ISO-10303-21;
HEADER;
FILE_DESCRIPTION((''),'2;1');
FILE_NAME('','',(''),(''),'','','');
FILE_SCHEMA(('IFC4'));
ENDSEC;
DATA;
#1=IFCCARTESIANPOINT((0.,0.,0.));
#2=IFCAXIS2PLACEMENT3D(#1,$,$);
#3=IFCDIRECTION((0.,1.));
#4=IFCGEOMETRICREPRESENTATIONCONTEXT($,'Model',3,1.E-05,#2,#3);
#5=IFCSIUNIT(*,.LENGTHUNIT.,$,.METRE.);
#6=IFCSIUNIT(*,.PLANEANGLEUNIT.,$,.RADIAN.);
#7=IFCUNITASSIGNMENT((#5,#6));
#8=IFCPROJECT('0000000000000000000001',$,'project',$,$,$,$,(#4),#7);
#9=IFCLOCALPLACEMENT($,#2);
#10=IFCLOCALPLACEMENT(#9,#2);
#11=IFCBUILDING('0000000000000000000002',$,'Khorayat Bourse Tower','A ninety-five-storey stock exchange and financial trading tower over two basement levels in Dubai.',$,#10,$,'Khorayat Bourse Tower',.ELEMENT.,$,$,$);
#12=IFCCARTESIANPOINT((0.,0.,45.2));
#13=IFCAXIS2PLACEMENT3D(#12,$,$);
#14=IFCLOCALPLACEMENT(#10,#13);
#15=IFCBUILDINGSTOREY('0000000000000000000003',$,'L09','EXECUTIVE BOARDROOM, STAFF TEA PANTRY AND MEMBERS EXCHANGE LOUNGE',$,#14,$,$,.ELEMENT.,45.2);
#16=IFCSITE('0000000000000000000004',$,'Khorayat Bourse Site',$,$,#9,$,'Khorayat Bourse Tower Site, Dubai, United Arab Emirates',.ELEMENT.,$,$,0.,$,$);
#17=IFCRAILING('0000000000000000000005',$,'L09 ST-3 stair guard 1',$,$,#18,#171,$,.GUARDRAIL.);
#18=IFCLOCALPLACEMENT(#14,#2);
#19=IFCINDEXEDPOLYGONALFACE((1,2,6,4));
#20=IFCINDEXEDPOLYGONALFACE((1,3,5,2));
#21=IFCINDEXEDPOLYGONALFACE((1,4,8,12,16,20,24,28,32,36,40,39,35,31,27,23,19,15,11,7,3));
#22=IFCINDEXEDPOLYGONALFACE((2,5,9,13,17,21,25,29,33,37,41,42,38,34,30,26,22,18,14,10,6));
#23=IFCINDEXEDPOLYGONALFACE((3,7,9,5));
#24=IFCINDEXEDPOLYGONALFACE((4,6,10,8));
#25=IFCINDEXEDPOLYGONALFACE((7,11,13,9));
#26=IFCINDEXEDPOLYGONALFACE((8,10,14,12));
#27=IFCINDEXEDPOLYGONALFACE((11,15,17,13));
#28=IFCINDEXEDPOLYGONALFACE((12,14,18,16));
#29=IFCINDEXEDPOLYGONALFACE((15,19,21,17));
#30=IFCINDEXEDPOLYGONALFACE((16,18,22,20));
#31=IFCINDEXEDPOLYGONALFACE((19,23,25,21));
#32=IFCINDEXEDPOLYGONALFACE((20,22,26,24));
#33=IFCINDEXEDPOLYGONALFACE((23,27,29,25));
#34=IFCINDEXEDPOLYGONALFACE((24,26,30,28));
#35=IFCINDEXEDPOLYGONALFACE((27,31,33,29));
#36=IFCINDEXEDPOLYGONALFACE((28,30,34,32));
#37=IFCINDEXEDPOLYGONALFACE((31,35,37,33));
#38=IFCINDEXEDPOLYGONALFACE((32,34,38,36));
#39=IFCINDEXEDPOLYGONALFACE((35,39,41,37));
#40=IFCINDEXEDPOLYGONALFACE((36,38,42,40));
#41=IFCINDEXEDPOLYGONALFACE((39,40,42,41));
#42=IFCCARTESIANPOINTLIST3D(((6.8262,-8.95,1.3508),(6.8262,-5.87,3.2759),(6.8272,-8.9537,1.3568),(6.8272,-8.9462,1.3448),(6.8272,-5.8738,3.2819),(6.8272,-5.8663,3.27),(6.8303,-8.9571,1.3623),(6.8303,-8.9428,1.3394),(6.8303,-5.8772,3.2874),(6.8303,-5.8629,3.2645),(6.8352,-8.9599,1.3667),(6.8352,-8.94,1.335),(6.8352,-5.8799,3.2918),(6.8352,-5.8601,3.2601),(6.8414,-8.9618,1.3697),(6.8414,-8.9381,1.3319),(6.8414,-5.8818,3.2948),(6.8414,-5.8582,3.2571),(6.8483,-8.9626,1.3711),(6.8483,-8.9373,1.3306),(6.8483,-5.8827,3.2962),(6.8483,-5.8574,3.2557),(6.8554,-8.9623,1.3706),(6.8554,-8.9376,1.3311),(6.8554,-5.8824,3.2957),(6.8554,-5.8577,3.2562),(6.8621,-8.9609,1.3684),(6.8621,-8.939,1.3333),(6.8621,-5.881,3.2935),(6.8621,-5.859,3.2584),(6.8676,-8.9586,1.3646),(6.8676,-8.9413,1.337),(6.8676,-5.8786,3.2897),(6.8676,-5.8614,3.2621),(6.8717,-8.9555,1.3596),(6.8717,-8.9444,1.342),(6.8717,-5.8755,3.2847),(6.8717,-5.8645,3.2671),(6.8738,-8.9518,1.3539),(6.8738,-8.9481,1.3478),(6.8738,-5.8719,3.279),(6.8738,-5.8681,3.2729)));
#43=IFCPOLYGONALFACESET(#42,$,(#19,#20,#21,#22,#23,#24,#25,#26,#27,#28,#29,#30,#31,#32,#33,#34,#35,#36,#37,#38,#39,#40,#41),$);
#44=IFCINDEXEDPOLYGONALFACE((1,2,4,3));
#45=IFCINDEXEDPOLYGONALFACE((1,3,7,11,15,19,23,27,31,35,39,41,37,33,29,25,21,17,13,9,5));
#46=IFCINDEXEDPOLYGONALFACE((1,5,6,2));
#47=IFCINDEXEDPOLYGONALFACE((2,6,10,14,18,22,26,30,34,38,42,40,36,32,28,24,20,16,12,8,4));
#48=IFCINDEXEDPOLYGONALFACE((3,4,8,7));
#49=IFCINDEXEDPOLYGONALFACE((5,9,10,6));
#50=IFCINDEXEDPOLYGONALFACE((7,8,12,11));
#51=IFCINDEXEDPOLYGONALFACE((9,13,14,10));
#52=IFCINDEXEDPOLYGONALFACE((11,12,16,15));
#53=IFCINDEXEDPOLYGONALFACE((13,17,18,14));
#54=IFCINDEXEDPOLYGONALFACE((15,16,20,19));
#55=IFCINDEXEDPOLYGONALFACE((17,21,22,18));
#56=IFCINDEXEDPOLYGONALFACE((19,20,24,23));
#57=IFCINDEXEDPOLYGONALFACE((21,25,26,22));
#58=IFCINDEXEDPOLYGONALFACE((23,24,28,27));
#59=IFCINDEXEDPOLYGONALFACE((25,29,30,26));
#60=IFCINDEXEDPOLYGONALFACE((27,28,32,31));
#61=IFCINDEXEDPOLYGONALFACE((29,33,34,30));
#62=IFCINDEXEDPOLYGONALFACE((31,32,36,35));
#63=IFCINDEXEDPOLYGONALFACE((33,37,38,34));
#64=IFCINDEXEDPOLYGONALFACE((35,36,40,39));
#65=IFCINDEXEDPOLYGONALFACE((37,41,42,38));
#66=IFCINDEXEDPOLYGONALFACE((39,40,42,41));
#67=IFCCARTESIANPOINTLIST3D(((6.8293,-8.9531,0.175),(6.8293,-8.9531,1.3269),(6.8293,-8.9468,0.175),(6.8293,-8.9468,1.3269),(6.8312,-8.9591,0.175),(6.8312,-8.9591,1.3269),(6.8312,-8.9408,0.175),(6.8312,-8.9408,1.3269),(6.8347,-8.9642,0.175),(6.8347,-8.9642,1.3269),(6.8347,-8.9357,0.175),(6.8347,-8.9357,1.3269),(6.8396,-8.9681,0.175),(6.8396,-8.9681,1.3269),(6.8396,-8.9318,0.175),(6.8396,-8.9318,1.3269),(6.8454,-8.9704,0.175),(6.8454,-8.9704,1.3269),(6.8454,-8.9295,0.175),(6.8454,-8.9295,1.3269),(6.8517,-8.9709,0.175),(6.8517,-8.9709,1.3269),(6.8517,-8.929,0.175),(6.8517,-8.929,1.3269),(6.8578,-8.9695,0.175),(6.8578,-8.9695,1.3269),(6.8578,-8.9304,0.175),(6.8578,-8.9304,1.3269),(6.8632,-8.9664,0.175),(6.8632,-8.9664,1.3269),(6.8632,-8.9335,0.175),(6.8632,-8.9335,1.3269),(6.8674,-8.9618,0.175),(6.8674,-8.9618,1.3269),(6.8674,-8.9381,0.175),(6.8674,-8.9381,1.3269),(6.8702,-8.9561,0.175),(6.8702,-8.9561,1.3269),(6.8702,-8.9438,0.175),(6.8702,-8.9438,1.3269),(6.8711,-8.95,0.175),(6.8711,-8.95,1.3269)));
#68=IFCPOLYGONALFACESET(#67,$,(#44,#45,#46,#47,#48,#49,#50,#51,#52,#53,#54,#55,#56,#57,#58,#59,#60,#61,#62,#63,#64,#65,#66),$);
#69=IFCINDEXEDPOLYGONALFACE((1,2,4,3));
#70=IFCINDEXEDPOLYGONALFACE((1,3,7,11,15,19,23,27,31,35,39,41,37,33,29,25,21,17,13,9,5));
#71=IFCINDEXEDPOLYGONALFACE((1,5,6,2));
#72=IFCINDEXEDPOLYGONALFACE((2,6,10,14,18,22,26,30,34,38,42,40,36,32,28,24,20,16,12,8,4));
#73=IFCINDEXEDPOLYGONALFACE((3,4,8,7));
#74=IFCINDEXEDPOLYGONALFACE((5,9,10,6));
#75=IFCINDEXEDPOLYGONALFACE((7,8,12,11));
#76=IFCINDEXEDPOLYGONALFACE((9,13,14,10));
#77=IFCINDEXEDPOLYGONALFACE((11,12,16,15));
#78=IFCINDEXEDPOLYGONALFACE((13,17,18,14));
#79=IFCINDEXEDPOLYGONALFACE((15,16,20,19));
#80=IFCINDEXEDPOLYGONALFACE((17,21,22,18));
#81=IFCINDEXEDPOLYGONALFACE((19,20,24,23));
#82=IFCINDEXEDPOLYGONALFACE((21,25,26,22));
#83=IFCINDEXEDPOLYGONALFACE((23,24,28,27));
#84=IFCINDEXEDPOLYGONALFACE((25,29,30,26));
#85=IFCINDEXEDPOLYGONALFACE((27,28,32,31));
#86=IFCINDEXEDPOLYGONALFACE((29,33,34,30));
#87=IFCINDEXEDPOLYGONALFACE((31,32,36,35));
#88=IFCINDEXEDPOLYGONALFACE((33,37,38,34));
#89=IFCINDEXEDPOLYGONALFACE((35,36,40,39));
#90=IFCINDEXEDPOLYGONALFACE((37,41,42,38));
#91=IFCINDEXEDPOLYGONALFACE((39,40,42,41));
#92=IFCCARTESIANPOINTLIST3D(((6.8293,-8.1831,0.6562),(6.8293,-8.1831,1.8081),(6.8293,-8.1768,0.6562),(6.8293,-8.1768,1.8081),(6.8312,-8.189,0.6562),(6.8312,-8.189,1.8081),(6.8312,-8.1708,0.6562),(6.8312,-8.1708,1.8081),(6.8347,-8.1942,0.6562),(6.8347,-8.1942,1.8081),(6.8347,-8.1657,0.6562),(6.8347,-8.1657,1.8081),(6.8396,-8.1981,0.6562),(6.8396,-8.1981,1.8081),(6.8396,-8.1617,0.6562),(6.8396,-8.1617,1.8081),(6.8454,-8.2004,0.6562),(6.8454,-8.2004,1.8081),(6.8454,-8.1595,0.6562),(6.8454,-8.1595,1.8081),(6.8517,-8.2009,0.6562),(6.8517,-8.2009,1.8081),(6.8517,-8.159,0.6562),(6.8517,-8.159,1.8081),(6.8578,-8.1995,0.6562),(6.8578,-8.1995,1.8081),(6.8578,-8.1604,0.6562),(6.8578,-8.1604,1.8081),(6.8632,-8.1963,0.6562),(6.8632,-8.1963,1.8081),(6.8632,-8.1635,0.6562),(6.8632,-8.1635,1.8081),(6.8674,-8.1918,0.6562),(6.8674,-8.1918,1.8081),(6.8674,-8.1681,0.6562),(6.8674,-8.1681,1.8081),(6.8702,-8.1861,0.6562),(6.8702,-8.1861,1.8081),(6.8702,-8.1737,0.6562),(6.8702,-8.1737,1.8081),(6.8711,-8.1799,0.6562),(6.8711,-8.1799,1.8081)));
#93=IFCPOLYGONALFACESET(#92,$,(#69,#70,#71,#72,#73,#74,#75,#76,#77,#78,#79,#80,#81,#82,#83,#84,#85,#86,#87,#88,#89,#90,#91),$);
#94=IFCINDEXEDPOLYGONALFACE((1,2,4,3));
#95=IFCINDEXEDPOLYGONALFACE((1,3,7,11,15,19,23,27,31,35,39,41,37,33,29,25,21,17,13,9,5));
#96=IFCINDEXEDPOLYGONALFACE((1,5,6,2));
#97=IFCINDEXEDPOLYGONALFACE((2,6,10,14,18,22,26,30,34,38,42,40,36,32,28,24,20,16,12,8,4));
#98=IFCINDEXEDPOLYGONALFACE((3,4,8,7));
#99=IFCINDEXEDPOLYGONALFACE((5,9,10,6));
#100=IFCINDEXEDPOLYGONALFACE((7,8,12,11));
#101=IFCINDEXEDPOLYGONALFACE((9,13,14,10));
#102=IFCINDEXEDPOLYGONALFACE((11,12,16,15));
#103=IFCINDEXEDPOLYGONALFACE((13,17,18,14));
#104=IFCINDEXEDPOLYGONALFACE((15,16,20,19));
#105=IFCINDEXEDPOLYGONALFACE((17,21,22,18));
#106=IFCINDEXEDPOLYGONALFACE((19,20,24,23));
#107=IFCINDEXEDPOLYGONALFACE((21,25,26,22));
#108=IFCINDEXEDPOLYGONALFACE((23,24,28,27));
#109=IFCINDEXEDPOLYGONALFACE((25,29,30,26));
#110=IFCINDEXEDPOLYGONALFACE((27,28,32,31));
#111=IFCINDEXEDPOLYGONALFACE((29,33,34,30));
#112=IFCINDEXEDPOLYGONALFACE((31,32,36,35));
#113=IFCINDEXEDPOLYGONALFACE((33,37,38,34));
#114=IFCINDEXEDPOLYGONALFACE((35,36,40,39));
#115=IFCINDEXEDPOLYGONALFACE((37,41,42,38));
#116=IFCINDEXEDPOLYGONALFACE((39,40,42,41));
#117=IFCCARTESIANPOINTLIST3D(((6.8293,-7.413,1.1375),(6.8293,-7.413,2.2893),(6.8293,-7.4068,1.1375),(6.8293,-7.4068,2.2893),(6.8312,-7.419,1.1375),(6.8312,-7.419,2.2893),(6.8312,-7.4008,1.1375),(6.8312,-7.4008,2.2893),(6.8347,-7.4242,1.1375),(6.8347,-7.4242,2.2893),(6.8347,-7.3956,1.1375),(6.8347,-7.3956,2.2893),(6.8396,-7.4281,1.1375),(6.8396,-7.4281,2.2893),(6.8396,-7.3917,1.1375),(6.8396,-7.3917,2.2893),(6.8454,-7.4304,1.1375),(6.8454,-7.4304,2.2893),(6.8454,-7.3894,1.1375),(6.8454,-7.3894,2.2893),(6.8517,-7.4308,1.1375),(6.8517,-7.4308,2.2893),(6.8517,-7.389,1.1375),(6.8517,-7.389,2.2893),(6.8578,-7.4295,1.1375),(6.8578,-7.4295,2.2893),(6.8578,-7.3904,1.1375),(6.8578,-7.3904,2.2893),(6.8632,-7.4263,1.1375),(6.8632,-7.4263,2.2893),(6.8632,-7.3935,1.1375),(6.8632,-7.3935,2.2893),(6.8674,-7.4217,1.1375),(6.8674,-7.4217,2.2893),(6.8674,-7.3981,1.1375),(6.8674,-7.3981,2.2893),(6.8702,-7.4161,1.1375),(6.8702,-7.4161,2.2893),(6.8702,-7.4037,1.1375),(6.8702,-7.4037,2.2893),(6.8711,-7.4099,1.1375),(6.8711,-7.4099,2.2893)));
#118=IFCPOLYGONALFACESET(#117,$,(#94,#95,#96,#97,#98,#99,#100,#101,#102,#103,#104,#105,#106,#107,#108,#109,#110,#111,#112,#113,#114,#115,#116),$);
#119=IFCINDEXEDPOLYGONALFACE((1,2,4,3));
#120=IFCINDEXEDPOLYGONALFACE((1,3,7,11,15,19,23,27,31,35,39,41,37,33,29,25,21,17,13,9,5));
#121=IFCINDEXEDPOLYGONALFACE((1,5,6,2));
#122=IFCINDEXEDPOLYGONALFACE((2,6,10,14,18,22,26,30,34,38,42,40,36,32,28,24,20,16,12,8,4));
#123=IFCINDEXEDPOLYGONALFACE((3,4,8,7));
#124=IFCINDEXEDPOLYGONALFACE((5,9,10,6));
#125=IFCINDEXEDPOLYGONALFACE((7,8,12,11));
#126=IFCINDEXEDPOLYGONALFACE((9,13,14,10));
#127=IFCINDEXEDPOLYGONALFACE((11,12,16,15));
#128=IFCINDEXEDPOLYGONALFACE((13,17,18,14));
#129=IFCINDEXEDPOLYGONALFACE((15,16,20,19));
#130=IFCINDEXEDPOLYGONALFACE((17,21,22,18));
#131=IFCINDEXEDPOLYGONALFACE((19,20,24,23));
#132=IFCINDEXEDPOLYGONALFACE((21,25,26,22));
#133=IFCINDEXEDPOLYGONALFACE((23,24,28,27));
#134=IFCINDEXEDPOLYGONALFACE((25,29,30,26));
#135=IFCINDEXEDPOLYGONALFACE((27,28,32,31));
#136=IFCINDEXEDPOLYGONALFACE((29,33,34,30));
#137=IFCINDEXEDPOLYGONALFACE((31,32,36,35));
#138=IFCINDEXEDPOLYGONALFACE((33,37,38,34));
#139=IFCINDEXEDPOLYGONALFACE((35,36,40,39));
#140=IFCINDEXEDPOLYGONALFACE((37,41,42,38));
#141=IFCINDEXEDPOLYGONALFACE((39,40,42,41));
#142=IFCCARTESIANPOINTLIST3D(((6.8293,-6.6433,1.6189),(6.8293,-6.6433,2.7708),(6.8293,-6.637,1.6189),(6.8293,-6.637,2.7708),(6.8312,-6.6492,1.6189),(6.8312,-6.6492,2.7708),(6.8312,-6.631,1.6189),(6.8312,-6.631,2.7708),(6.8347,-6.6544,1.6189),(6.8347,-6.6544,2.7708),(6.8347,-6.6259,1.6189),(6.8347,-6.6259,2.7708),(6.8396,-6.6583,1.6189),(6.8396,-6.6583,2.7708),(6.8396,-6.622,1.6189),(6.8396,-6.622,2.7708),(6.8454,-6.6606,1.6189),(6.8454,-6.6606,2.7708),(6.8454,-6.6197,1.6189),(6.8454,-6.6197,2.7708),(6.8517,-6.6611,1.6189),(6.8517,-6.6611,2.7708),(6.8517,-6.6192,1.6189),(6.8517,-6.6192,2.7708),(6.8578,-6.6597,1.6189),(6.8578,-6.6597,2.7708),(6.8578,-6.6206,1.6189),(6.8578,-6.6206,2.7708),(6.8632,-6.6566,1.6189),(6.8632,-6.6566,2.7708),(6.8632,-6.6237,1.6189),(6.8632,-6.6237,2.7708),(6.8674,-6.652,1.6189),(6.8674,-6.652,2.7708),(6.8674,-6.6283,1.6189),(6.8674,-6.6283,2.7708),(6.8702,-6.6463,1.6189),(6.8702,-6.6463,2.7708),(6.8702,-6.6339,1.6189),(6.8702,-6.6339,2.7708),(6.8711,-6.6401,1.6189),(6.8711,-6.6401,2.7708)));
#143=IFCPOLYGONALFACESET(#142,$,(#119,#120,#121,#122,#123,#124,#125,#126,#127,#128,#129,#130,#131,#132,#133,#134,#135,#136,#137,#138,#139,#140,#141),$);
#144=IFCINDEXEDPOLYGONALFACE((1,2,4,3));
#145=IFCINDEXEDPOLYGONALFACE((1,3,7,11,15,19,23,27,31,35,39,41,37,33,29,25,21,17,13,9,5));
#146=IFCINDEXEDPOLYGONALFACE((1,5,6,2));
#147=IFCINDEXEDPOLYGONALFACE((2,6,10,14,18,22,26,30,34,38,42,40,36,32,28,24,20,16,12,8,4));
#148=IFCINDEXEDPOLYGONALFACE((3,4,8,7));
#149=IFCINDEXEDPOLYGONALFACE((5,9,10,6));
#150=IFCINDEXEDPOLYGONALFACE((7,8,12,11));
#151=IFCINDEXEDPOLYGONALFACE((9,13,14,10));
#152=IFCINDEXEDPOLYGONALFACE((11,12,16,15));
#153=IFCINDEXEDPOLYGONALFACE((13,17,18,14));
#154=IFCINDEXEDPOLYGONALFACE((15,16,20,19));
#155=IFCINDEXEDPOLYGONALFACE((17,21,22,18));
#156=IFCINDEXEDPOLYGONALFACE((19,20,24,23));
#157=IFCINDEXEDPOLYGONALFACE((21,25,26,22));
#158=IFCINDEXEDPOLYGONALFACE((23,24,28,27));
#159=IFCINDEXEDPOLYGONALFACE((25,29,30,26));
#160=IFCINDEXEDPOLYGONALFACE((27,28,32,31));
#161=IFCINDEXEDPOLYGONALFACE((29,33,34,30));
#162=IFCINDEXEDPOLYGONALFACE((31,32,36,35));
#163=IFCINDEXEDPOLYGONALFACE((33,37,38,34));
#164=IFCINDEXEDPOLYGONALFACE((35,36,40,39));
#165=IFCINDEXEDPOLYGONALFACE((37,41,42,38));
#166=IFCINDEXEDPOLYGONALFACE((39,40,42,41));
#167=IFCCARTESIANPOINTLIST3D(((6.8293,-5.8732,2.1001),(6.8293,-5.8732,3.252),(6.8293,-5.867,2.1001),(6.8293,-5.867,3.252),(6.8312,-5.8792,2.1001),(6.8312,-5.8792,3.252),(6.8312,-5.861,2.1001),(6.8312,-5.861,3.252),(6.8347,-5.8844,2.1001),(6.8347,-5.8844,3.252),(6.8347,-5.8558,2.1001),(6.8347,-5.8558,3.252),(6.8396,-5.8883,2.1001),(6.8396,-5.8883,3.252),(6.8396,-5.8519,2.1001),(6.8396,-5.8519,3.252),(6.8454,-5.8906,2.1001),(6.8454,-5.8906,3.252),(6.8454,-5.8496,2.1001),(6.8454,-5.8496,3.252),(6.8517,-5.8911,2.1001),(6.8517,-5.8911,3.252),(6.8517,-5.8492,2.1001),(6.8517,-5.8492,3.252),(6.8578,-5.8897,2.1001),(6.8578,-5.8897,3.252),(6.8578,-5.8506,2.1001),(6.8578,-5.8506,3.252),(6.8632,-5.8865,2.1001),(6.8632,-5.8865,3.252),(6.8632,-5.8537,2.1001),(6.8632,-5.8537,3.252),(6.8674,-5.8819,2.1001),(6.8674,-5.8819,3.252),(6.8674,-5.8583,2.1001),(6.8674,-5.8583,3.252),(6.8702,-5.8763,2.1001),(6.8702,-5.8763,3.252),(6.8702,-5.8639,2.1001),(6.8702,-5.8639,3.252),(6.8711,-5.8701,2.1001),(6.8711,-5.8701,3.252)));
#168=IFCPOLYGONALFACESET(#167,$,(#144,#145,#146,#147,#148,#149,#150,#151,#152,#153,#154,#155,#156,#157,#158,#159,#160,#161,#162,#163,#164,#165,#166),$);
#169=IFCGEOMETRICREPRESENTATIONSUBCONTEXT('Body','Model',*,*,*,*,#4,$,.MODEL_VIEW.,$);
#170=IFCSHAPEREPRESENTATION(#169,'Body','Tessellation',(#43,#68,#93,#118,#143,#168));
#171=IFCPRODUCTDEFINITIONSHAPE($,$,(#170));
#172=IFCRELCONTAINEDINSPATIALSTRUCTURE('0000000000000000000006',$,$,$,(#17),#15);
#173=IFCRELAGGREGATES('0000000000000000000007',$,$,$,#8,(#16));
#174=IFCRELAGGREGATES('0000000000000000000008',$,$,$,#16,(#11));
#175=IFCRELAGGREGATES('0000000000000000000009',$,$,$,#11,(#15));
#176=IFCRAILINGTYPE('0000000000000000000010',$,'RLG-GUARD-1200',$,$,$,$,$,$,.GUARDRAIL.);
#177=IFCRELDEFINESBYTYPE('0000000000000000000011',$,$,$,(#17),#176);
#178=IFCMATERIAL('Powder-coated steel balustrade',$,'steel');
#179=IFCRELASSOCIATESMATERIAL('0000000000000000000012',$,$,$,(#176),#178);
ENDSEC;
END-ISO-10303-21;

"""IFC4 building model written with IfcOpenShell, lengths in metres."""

from ifc_helpers import new_model, si_unit, direction, frame, origin, origin_2d, place, context, subcontext, project, spatial, circle, extrude, source, transform, mapped, material, type_object, element, save


model = new_model("IFC4")

# Units and contexts
model_context = context("Model", 3, precision=1e-05, world=origin(), true_north=direction((0.0, 1.0)))
body_context = subcontext(model_context, "Body", "Model", "MODEL_VIEW")
ifc_project = project(units=[si_unit("LENGTHUNIT", "METRE"), si_unit("PLANEANGLEUNIT", "RADIAN")], contexts=[model_context])

# Site, building, storey
site_placement = place(None, origin())
site = spatial("IfcSite", under=ifc_project, at=site_placement, Name="Khorayat Bourse Site", LongName="Khorayat Bourse Tower Site, Dubai, United Arab Emirates", CompositionType="ELEMENT", RefElevation=0.0)
building_placement = place(site_placement, origin())
building = spatial("IfcBuilding", under=site, at=building_placement, Name="Khorayat Bourse Tower", Description="A ninety-five-storey stock exchange and financial trading tower over two basement levels in Dubai.", LongName="Khorayat Bourse Tower", CompositionType="ELEMENT")
storey_placement = place(building_placement, frame((0.0, 0.0, 45.2)))
storey = spatial("IfcBuildingStorey", under=building, at=storey_placement, Name="L09", Description="EXECUTIVE BOARDROOM, STAFF TEA PANTRY AND MEMBERS EXCHANGE LOUNGE", CompositionType="ELEMENT", Elevation=45.2)

# Railing
ifc_material_1 = material(Name="Powder-coated steel balustrade", Category="steel")
railing_type_1 = type_object("IfcRailingType", Name="RLG-GUARD-1200", PredefinedType="GUARDRAIL", material=ifc_material_1)
shared_shape_1 = source(origin(), body_context, "Body", "SweptSolid", [
    extrude(circle(Radius=0.0239, at=origin_2d()), frame((0.0, 0.0, 1.1758), z_axis=(0.0, 0.847979, 0.530029), x_axis=(-1.0, 0.0, 0.0)), (0.0, 0.0, 1.0), 3.6321),
    extrude(circle(Radius=0.021, at=origin_2d()), origin(), (0.0, 0.0, 1.0), 1.1519),
    extrude(circle(Radius=0.021, at=origin_2d()), frame((0.0, 0.77, 0.4812)), (0.0, 0.0, 1.0), 1.1519),
    extrude(circle(Radius=0.021, at=origin_2d()), frame((0.0, 1.54, 0.9624)), (0.0, 0.0, 1.0), 1.1519),
    extrude(circle(Radius=0.021, at=origin_2d()), frame((0.0, 2.3098, 1.4438)), (0.0, 0.0, 1.0), 1.1519),
    extrude(circle(Radius=0.021, at=origin_2d()), frame((0.0, 3.0798, 1.925)), (0.0, 0.0, 1.0), 1.1519),
])
railing_1_placement = place(storey_placement, frame((6.8501, -8.95, 0.175)))
element("IfcRailing", 1, at=railing_1_placement, inside=storey, type_object=railing_type_1, Name="L09 ST-3 stair guard 1", PredefinedType="GUARDRAIL", context=body_context, shape_type="MappedRepresentation", body=[
    mapped(shared_shape_1, transform((0.0, 0.0, 0.0), scale=1.0)),
])

save(model, "model.ifc")
